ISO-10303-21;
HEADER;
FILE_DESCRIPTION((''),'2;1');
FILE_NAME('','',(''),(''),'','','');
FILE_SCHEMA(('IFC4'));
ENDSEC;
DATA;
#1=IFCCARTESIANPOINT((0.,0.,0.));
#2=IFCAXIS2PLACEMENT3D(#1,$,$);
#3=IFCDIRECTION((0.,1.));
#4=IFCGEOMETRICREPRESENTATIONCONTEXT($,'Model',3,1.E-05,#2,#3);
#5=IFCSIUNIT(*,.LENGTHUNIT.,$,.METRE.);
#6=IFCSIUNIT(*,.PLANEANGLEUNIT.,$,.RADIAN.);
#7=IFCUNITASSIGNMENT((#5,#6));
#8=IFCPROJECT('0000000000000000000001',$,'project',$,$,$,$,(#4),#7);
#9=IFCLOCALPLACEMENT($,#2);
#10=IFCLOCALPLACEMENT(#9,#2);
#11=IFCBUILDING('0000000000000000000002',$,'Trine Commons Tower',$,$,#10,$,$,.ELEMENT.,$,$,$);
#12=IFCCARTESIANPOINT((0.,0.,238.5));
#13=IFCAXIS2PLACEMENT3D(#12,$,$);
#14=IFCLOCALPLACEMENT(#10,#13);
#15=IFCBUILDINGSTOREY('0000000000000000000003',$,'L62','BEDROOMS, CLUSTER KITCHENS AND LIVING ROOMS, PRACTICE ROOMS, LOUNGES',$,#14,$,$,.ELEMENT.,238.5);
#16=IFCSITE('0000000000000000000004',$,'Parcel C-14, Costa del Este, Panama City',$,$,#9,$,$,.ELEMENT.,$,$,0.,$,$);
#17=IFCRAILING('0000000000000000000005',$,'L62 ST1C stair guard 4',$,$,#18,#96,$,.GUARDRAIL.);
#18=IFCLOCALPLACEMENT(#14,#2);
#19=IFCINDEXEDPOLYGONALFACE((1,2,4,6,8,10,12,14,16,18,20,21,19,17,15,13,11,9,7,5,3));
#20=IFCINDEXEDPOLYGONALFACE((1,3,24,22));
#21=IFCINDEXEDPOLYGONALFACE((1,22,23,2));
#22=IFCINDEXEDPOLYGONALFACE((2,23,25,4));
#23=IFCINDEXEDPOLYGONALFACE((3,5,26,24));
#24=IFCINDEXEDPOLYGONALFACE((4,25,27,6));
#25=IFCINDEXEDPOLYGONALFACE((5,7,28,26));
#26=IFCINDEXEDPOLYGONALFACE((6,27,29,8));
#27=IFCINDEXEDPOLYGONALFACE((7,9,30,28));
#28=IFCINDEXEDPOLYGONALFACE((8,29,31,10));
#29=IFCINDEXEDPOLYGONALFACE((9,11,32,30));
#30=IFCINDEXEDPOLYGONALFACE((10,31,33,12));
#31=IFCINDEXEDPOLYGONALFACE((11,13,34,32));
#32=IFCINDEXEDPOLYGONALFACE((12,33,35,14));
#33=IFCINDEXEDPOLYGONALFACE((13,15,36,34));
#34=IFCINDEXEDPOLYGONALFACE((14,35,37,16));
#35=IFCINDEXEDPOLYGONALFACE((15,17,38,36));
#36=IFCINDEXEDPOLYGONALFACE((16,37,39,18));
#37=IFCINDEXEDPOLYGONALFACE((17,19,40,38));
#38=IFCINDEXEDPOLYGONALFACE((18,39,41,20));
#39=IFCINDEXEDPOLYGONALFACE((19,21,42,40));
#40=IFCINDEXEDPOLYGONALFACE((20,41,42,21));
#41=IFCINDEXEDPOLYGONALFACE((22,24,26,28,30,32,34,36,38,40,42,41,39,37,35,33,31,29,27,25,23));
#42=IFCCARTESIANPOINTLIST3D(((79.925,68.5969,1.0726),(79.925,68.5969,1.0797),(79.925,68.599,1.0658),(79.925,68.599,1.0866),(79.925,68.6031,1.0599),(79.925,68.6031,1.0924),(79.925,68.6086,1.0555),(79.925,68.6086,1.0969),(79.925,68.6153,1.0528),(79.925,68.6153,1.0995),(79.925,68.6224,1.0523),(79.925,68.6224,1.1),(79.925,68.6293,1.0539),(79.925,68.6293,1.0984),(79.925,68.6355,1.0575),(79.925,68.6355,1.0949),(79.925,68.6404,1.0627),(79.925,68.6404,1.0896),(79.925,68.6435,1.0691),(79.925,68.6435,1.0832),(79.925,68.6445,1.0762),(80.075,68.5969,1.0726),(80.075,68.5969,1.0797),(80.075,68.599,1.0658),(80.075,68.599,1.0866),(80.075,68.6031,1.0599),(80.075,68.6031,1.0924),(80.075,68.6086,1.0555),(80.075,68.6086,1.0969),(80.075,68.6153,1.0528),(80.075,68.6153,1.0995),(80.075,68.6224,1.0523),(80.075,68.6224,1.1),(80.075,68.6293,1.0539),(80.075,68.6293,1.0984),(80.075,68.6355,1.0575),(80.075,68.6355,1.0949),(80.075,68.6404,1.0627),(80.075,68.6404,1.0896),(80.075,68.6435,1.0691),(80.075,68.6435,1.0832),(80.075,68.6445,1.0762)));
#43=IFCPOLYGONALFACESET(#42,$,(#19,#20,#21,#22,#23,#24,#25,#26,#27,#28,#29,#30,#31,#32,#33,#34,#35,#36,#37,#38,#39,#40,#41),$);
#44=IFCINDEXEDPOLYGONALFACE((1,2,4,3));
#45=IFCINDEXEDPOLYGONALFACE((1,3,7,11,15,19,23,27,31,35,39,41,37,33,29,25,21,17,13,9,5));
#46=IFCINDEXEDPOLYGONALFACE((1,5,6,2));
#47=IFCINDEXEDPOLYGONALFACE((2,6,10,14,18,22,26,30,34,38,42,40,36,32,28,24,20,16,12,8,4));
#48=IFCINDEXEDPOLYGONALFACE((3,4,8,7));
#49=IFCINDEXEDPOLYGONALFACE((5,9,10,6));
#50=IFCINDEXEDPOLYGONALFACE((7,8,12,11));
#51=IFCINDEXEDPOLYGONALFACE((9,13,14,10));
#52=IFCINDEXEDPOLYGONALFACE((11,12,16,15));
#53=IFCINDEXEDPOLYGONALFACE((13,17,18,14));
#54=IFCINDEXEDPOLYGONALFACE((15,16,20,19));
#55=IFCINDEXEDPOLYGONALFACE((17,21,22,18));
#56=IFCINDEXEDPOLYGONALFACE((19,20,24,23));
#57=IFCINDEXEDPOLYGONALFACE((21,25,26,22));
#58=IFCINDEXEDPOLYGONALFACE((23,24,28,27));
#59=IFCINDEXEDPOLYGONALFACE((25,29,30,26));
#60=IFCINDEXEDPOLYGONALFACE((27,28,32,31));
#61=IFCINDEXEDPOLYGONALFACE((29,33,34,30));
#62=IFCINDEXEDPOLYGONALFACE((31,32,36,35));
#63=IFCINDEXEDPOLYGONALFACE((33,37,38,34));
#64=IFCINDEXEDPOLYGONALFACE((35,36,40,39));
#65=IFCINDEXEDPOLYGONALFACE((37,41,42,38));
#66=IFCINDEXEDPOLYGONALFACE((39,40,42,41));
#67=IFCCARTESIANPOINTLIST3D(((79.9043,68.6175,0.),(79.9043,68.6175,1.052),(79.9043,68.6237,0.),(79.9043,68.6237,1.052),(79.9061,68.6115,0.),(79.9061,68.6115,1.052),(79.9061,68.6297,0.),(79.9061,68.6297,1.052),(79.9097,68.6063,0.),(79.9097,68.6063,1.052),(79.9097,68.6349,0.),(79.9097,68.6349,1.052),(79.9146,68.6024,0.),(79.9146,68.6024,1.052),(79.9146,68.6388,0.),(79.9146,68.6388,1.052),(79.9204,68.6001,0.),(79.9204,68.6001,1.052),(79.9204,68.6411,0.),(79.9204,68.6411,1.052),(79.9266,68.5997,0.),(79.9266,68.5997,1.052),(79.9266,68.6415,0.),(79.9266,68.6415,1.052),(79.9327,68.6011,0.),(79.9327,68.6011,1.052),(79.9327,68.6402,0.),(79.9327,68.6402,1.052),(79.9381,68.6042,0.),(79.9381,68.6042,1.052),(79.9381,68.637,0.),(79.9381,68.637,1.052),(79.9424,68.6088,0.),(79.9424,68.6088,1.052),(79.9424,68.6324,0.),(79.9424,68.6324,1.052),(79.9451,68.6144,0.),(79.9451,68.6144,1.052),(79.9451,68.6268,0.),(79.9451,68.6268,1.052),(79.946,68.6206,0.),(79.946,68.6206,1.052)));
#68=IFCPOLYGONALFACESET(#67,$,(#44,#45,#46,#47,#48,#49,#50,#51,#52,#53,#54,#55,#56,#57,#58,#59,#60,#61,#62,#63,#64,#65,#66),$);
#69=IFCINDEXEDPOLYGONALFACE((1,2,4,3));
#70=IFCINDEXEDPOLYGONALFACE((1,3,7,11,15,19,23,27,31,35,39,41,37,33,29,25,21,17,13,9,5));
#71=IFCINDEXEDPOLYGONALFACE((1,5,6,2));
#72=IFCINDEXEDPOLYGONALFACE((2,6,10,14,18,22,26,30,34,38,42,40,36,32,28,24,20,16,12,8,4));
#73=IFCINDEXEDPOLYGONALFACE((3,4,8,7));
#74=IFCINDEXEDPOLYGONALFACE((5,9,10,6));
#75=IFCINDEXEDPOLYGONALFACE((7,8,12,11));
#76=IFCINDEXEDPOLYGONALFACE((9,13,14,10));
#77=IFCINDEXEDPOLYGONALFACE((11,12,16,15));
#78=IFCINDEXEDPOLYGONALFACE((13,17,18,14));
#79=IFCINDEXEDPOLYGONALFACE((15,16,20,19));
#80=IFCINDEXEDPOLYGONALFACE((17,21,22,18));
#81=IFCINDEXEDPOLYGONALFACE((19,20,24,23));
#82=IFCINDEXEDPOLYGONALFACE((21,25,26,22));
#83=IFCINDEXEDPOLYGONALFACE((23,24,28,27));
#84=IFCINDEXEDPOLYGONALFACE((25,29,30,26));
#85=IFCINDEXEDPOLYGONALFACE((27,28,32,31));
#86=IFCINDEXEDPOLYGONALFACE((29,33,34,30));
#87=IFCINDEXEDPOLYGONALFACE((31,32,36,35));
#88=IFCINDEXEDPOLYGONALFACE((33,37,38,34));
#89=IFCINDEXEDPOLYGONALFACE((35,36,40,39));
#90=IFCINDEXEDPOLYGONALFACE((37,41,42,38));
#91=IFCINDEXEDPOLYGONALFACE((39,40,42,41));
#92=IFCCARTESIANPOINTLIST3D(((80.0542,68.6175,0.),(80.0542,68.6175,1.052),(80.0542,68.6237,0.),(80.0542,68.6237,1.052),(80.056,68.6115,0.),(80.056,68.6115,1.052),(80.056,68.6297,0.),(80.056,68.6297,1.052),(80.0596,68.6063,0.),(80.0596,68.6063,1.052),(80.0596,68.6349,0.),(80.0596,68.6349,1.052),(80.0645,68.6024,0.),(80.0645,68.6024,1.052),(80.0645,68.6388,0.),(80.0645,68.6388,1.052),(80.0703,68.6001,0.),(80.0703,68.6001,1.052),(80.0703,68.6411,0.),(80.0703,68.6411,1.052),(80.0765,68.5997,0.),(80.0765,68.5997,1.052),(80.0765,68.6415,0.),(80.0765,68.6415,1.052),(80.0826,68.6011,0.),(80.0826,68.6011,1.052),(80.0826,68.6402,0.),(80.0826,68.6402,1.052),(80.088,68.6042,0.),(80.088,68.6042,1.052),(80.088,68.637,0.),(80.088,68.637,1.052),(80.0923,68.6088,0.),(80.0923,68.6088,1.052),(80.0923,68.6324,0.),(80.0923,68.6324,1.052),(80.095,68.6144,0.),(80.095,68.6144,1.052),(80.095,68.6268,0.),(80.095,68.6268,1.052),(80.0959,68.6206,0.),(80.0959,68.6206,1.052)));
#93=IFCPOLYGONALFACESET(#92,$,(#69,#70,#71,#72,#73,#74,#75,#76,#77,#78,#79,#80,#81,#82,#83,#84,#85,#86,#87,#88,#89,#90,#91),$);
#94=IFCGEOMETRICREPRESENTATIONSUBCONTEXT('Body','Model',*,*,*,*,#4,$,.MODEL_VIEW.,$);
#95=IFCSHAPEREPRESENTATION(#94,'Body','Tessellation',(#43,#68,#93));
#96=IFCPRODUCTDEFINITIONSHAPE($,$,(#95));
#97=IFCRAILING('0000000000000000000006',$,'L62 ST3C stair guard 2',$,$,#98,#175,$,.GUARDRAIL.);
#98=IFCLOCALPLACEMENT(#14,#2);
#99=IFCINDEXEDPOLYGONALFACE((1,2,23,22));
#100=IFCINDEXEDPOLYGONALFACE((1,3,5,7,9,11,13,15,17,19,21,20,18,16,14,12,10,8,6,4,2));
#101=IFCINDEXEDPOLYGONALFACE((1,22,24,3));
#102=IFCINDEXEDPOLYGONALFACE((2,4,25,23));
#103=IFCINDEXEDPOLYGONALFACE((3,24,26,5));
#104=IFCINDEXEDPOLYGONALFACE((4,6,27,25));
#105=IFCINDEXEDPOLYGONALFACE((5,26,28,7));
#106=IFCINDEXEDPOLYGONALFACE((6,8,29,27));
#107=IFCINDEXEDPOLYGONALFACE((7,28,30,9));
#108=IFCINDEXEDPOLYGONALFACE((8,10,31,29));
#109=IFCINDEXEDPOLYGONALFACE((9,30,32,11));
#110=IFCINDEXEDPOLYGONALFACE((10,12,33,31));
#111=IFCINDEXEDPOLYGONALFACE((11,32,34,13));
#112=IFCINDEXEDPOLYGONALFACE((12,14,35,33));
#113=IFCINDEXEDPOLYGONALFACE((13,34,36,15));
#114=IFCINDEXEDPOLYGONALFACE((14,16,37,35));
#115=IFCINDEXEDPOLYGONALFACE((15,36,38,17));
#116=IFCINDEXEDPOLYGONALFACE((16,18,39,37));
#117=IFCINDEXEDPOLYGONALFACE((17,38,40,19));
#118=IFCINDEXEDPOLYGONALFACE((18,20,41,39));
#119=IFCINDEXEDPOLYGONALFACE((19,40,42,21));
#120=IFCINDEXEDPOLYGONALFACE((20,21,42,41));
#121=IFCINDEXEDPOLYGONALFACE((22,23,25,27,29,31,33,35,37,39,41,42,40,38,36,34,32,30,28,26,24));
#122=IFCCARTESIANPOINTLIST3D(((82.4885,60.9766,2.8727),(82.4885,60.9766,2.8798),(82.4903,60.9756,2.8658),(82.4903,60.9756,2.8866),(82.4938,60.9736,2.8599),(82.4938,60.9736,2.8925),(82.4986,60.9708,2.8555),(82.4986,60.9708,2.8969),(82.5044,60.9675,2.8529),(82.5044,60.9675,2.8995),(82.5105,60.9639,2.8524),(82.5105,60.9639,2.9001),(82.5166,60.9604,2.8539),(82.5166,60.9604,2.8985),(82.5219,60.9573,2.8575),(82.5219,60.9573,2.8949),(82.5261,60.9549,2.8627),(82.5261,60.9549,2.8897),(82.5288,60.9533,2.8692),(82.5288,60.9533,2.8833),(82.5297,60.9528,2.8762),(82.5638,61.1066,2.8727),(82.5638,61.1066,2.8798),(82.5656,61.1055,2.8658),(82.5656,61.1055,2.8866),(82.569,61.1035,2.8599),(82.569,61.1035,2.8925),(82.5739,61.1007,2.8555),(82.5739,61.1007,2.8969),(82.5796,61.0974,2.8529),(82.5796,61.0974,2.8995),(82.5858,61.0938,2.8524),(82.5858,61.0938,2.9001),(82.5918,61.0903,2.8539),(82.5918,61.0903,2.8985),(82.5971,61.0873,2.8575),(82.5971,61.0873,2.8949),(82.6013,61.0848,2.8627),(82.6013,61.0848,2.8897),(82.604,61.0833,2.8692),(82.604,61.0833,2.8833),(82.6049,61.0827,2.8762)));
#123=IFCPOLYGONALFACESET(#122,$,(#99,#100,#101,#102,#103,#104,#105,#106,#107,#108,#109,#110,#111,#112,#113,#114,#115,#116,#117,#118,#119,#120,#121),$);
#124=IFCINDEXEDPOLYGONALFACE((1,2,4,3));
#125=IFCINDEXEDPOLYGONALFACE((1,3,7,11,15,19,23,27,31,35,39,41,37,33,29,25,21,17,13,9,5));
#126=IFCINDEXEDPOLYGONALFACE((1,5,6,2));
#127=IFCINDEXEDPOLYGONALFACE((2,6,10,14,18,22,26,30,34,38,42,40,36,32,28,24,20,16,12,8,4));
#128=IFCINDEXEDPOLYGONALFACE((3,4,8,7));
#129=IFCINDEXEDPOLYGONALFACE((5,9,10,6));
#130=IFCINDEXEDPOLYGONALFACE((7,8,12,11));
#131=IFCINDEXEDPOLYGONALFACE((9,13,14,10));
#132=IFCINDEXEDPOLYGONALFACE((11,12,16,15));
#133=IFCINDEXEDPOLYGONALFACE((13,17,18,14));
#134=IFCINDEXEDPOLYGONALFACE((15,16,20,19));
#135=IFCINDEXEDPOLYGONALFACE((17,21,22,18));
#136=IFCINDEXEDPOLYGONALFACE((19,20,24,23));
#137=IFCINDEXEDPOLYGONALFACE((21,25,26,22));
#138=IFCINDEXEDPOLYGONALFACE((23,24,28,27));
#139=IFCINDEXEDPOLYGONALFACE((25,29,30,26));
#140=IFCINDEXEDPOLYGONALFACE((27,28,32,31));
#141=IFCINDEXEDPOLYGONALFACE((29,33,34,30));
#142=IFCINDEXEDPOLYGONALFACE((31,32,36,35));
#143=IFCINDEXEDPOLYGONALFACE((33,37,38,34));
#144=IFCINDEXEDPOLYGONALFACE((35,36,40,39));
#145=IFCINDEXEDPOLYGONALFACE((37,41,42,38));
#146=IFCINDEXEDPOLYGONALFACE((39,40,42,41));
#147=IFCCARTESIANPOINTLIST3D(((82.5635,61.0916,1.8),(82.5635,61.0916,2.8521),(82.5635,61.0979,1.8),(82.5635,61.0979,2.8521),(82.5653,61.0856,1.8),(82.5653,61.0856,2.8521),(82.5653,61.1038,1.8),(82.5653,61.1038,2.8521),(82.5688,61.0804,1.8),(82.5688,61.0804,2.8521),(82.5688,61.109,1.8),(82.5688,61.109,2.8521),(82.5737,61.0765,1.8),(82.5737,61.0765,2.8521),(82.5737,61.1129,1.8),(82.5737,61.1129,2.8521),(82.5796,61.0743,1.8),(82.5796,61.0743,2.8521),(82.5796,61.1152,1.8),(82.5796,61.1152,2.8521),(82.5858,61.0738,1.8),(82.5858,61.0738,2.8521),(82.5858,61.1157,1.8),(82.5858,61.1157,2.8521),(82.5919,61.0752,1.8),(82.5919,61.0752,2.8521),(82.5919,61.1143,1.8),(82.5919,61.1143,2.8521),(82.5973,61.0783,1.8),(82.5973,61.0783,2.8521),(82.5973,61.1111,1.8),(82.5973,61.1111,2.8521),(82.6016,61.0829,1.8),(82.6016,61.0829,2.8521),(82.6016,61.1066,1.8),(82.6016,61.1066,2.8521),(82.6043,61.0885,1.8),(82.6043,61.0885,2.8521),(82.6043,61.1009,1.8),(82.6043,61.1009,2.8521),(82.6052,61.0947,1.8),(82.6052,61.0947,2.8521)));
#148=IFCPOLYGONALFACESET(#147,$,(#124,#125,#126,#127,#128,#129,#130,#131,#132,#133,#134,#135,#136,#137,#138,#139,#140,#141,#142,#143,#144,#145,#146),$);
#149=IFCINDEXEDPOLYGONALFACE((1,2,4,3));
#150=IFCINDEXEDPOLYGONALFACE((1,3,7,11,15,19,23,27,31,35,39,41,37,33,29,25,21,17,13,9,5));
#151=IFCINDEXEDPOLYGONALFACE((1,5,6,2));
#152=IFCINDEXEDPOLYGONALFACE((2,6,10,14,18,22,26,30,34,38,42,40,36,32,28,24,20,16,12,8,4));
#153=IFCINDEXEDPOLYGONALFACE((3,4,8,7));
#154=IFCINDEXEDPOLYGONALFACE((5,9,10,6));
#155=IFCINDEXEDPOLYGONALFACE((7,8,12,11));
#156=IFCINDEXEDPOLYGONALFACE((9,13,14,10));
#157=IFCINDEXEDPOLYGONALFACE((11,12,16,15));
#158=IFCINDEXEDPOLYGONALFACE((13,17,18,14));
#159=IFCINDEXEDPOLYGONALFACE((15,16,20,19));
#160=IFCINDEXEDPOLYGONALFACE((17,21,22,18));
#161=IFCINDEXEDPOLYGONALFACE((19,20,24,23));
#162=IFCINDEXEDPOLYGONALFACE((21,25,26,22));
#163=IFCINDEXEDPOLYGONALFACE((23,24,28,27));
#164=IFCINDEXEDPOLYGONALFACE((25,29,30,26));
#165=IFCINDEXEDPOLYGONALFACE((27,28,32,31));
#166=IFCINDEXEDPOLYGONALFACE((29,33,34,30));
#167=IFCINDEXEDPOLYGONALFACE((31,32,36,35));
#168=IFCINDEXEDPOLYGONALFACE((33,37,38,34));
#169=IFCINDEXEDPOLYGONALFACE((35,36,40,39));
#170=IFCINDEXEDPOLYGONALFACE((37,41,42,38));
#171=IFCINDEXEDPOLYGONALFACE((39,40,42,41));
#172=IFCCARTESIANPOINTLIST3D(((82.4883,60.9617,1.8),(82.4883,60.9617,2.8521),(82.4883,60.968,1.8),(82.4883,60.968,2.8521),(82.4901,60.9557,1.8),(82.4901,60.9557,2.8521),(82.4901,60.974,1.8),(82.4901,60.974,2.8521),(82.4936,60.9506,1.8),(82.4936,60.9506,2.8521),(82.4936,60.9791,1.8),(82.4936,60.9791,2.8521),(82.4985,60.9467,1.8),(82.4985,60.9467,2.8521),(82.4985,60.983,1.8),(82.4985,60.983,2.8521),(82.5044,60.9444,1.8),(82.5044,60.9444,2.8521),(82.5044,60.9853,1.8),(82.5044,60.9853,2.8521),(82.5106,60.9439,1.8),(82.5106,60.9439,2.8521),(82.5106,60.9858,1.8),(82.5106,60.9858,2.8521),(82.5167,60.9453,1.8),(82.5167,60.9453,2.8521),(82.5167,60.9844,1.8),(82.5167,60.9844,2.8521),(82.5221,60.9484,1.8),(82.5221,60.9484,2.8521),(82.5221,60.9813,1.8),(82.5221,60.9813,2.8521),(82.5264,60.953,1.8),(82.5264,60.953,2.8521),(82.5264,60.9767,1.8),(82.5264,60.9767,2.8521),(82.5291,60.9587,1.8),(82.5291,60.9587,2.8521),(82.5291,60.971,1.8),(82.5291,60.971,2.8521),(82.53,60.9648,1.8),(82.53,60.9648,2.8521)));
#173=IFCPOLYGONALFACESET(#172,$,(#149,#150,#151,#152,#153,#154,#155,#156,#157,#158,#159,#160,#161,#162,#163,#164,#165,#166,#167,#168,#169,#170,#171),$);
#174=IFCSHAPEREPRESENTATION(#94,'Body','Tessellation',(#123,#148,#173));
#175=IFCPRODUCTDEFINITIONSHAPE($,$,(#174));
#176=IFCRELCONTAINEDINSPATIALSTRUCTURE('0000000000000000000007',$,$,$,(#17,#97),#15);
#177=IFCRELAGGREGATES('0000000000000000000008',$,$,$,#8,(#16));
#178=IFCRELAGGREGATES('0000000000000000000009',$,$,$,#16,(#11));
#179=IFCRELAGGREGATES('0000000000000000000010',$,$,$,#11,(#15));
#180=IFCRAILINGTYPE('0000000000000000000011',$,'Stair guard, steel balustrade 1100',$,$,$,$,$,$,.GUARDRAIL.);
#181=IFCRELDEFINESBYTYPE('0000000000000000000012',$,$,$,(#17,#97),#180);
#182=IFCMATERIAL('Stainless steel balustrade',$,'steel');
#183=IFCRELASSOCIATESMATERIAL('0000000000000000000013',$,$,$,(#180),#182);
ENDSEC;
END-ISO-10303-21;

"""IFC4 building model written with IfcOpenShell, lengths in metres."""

from ifc_helpers import new_model, si_unit, direction, frame, origin, origin_2d, place, context, subcontext, project, spatial, circle, extrude, material, type_object, element, save


model = new_model("IFC4")

# Units and contexts
model_context = context("Model", 3, precision=1e-05, world=origin(), true_north=direction((0.0, 1.0)))
body_context = subcontext(model_context, "Body", "Model", "MODEL_VIEW")
ifc_project = project(units=[si_unit("LENGTHUNIT", "METRE"), si_unit("PLANEANGLEUNIT", "RADIAN")], contexts=[model_context])

# Site, building, storey
site_placement = place(None, origin())
site = spatial("IfcSite", under=ifc_project, at=site_placement, Name="Parcel C-14, Costa del Este, Panama City", CompositionType="ELEMENT", RefElevation=0.0)
building_placement = place(site_placement, origin())
building = spatial("IfcBuilding", under=site, at=building_placement, Name="Trine Commons Tower", CompositionType="ELEMENT")
storey_placement = place(building_placement, frame((0.0, 0.0, 238.5)))
storey = spatial("IfcBuildingStorey", under=building, at=storey_placement, Name="L62", Description="BEDROOMS, CLUSTER KITCHENS AND LIVING ROOMS, PRACTICE ROOMS, LOUNGES", CompositionType="ELEMENT", Elevation=238.5)

# Railings
ifc_material_1 = material(Name="Stainless steel balustrade", Category="steel")
railing_type_1 = type_object("IfcRailingType", Name="Stair guard, steel balustrade 1100", PredefinedType="GUARDRAIL", material=ifc_material_1)
railing_1_placement = place(storey_placement, frame((79.925, 68.6206, 0.0)))
element("IfcRailing", 1, at=railing_1_placement, inside=storey, type_object=railing_type_1, Name="L62 ST1C stair guard 4", PredefinedType="GUARDRAIL", context=body_context, shape_type="SweptSolid", body=[
    extrude(circle(Radius=0.0239, at=origin_2d()), frame((0.0, 0.0, 1.0762), z_axis=(1.0, 0.0, 0.0), x_axis=(0.0, 1.0, 0.0)), (0.0, 0.0, 1.0), 0.1499),
    extrude(circle(Radius=0.021, at=origin_2d()), origin(), (0.0, 0.0, 1.0), 1.052),
    extrude(circle(Radius=0.021, at=origin_2d()), frame((0.1499, 0.0, 0.0)), (0.0, 0.0, 1.0), 1.052),
])
railing_2_placement = place(storey_placement, frame((82.5842, 61.0947, 1.8)))
element("IfcRailing", 2, at=railing_2_placement, inside=storey, type_object=railing_type_1, Name="L62 ST3C stair guard 2", PredefinedType="GUARDRAIL", context=body_context, shape_type="SweptSolid", body=[
    extrude(circle(Radius=0.0239, at=origin_2d()), frame((0.0, 0.0, 1.0762), z_axis=(-0.501036, -0.865426, 0.0), x_axis=(0.865426, -0.501036, 0.0)), (0.0, 0.0, 1.0), 0.1501),
    extrude(circle(Radius=0.021, at=origin_2d()), origin(), (0.0, 0.0, 1.0), 1.052),
    extrude(circle(Radius=0.021, at=origin_2d()), frame((-0.0752, -0.1299, 0.0)), (0.0, 0.0, 1.0), 1.052),
])

save(model, "model.ifc")
